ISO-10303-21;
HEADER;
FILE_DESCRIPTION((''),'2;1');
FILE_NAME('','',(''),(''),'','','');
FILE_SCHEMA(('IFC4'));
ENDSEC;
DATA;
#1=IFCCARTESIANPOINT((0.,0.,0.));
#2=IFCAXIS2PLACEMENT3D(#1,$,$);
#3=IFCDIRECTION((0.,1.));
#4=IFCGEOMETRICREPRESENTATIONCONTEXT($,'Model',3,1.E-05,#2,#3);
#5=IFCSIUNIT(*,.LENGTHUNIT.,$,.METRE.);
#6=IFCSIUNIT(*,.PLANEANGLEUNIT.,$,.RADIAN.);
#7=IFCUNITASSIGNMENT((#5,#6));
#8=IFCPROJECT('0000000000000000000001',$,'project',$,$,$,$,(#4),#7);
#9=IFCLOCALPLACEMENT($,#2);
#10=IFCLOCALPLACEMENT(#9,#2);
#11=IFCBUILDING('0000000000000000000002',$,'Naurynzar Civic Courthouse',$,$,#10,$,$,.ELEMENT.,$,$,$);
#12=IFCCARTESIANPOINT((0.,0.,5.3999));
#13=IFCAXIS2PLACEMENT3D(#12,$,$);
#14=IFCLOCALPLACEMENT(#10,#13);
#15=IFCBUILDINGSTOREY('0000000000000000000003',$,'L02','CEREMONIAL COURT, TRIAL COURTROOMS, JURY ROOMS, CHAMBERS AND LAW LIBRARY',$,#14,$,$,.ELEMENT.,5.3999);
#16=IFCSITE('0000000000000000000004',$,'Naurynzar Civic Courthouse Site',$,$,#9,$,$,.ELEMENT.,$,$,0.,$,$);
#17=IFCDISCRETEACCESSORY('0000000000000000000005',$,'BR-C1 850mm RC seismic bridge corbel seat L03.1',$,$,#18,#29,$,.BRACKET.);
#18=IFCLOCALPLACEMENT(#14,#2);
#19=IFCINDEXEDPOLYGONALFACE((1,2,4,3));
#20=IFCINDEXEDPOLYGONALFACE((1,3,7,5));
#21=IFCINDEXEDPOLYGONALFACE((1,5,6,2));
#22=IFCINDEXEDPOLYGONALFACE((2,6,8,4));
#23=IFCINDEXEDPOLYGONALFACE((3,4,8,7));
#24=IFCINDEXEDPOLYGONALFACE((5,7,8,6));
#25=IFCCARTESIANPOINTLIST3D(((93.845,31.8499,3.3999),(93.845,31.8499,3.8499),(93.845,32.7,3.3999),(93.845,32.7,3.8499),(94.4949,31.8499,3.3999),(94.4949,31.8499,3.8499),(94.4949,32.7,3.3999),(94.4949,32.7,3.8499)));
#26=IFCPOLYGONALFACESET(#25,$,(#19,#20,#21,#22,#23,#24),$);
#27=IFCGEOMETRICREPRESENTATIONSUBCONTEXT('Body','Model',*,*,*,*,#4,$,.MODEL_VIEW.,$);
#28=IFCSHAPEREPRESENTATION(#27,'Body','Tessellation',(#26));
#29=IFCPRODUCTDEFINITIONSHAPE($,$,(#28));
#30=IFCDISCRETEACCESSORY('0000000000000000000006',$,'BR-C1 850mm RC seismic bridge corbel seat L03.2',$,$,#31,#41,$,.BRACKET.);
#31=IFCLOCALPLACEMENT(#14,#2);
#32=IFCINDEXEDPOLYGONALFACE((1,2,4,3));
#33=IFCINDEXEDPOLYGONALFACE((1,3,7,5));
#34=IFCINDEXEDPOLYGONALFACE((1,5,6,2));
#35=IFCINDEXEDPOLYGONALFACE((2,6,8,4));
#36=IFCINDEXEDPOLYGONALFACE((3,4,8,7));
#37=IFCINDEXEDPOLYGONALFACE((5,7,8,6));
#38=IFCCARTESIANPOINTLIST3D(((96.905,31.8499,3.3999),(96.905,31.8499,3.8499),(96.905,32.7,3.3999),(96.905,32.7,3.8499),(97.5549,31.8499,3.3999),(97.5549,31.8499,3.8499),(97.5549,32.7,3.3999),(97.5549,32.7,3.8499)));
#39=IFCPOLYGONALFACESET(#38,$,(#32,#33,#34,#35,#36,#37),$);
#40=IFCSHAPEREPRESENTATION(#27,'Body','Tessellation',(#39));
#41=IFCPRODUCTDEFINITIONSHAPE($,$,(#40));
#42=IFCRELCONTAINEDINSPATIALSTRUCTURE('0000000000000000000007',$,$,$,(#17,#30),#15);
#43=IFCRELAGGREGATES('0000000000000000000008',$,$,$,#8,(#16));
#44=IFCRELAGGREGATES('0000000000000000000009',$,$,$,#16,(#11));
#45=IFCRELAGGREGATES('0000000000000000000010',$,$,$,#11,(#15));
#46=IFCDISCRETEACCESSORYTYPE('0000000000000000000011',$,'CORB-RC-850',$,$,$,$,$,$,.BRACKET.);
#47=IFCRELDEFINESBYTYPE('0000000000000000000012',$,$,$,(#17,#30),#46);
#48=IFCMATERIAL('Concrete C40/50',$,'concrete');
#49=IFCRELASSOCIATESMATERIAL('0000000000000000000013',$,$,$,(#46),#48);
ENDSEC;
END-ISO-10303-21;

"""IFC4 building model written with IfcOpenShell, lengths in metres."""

from ifc_helpers import new_model, si_unit, direction, frame, origin, origin_2d, place, context, subcontext, project, spatial, rectangle, extrude, material, type_object, element, save


model = new_model("IFC4")

# Units and contexts
model_context = context("Model", 3, precision=1e-05, world=origin(), true_north=direction((0.0, 1.0)))
body_context = subcontext(model_context, "Body", "Model", "MODEL_VIEW")
ifc_project = project(units=[si_unit("LENGTHUNIT", "METRE"), si_unit("PLANEANGLEUNIT", "RADIAN")], contexts=[model_context])

# Site, building, storey
site_placement = place(None, origin())
site = spatial("IfcSite", under=ifc_project, at=site_placement, Name="Naurynzar Civic Courthouse Site", CompositionType="ELEMENT", RefElevation=0.0)
building_placement = place(site_placement, origin())
building = spatial("IfcBuilding", under=site, at=building_placement, Name="Naurynzar Civic Courthouse", CompositionType="ELEMENT")
storey_placement = place(building_placement, frame((0.0, 0.0, 5.3999)))
storey = spatial("IfcBuildingStorey", under=building, at=storey_placement, Name="L02", Description="CEREMONIAL COURT, TRIAL COURTROOMS, JURY ROOMS, CHAMBERS AND LAW LIBRARY", CompositionType="ELEMENT", Elevation=5.3999)

# Discrete accessories
ifc_material_1 = material(Name="Concrete C40/50", Category="concrete")
discrete_accessory_type_1 = type_object("IfcDiscreteAccessoryType", Name="CORB-RC-850", PredefinedType="BRACKET", material=ifc_material_1)
for number, where, z_axis, x_axis, name in (
    (1, (94.1699, 32.2749, 3.3999), (0.0, 0.0, 1.0), (1.0, 0.0, 0.0), "BR-C1 850mm RC seismic bridge corbel seat L03.1"),
    (2, (97.23, 32.2749, 3.3999), (0.0, 0.0, 1.0), (1.0, 0.0, 0.0), "BR-C1 850mm RC seismic bridge corbel seat L03.2"),
):
    element("IfcDiscreteAccessory", number, at=place(storey_placement, frame(where, z_axis=z_axis, x_axis=x_axis)), inside=storey, type_object=discrete_accessory_type_1, Name=name, PredefinedType="BRACKET", context=body_context, shape_type="SweptSolid", body=[
        extrude(rectangle(XDim=0.6499, YDim=0.8501, at=origin_2d()), origin(), (0.0, 0.0, 1.0), 0.45),
    ])

save(model, "model.ifc")
